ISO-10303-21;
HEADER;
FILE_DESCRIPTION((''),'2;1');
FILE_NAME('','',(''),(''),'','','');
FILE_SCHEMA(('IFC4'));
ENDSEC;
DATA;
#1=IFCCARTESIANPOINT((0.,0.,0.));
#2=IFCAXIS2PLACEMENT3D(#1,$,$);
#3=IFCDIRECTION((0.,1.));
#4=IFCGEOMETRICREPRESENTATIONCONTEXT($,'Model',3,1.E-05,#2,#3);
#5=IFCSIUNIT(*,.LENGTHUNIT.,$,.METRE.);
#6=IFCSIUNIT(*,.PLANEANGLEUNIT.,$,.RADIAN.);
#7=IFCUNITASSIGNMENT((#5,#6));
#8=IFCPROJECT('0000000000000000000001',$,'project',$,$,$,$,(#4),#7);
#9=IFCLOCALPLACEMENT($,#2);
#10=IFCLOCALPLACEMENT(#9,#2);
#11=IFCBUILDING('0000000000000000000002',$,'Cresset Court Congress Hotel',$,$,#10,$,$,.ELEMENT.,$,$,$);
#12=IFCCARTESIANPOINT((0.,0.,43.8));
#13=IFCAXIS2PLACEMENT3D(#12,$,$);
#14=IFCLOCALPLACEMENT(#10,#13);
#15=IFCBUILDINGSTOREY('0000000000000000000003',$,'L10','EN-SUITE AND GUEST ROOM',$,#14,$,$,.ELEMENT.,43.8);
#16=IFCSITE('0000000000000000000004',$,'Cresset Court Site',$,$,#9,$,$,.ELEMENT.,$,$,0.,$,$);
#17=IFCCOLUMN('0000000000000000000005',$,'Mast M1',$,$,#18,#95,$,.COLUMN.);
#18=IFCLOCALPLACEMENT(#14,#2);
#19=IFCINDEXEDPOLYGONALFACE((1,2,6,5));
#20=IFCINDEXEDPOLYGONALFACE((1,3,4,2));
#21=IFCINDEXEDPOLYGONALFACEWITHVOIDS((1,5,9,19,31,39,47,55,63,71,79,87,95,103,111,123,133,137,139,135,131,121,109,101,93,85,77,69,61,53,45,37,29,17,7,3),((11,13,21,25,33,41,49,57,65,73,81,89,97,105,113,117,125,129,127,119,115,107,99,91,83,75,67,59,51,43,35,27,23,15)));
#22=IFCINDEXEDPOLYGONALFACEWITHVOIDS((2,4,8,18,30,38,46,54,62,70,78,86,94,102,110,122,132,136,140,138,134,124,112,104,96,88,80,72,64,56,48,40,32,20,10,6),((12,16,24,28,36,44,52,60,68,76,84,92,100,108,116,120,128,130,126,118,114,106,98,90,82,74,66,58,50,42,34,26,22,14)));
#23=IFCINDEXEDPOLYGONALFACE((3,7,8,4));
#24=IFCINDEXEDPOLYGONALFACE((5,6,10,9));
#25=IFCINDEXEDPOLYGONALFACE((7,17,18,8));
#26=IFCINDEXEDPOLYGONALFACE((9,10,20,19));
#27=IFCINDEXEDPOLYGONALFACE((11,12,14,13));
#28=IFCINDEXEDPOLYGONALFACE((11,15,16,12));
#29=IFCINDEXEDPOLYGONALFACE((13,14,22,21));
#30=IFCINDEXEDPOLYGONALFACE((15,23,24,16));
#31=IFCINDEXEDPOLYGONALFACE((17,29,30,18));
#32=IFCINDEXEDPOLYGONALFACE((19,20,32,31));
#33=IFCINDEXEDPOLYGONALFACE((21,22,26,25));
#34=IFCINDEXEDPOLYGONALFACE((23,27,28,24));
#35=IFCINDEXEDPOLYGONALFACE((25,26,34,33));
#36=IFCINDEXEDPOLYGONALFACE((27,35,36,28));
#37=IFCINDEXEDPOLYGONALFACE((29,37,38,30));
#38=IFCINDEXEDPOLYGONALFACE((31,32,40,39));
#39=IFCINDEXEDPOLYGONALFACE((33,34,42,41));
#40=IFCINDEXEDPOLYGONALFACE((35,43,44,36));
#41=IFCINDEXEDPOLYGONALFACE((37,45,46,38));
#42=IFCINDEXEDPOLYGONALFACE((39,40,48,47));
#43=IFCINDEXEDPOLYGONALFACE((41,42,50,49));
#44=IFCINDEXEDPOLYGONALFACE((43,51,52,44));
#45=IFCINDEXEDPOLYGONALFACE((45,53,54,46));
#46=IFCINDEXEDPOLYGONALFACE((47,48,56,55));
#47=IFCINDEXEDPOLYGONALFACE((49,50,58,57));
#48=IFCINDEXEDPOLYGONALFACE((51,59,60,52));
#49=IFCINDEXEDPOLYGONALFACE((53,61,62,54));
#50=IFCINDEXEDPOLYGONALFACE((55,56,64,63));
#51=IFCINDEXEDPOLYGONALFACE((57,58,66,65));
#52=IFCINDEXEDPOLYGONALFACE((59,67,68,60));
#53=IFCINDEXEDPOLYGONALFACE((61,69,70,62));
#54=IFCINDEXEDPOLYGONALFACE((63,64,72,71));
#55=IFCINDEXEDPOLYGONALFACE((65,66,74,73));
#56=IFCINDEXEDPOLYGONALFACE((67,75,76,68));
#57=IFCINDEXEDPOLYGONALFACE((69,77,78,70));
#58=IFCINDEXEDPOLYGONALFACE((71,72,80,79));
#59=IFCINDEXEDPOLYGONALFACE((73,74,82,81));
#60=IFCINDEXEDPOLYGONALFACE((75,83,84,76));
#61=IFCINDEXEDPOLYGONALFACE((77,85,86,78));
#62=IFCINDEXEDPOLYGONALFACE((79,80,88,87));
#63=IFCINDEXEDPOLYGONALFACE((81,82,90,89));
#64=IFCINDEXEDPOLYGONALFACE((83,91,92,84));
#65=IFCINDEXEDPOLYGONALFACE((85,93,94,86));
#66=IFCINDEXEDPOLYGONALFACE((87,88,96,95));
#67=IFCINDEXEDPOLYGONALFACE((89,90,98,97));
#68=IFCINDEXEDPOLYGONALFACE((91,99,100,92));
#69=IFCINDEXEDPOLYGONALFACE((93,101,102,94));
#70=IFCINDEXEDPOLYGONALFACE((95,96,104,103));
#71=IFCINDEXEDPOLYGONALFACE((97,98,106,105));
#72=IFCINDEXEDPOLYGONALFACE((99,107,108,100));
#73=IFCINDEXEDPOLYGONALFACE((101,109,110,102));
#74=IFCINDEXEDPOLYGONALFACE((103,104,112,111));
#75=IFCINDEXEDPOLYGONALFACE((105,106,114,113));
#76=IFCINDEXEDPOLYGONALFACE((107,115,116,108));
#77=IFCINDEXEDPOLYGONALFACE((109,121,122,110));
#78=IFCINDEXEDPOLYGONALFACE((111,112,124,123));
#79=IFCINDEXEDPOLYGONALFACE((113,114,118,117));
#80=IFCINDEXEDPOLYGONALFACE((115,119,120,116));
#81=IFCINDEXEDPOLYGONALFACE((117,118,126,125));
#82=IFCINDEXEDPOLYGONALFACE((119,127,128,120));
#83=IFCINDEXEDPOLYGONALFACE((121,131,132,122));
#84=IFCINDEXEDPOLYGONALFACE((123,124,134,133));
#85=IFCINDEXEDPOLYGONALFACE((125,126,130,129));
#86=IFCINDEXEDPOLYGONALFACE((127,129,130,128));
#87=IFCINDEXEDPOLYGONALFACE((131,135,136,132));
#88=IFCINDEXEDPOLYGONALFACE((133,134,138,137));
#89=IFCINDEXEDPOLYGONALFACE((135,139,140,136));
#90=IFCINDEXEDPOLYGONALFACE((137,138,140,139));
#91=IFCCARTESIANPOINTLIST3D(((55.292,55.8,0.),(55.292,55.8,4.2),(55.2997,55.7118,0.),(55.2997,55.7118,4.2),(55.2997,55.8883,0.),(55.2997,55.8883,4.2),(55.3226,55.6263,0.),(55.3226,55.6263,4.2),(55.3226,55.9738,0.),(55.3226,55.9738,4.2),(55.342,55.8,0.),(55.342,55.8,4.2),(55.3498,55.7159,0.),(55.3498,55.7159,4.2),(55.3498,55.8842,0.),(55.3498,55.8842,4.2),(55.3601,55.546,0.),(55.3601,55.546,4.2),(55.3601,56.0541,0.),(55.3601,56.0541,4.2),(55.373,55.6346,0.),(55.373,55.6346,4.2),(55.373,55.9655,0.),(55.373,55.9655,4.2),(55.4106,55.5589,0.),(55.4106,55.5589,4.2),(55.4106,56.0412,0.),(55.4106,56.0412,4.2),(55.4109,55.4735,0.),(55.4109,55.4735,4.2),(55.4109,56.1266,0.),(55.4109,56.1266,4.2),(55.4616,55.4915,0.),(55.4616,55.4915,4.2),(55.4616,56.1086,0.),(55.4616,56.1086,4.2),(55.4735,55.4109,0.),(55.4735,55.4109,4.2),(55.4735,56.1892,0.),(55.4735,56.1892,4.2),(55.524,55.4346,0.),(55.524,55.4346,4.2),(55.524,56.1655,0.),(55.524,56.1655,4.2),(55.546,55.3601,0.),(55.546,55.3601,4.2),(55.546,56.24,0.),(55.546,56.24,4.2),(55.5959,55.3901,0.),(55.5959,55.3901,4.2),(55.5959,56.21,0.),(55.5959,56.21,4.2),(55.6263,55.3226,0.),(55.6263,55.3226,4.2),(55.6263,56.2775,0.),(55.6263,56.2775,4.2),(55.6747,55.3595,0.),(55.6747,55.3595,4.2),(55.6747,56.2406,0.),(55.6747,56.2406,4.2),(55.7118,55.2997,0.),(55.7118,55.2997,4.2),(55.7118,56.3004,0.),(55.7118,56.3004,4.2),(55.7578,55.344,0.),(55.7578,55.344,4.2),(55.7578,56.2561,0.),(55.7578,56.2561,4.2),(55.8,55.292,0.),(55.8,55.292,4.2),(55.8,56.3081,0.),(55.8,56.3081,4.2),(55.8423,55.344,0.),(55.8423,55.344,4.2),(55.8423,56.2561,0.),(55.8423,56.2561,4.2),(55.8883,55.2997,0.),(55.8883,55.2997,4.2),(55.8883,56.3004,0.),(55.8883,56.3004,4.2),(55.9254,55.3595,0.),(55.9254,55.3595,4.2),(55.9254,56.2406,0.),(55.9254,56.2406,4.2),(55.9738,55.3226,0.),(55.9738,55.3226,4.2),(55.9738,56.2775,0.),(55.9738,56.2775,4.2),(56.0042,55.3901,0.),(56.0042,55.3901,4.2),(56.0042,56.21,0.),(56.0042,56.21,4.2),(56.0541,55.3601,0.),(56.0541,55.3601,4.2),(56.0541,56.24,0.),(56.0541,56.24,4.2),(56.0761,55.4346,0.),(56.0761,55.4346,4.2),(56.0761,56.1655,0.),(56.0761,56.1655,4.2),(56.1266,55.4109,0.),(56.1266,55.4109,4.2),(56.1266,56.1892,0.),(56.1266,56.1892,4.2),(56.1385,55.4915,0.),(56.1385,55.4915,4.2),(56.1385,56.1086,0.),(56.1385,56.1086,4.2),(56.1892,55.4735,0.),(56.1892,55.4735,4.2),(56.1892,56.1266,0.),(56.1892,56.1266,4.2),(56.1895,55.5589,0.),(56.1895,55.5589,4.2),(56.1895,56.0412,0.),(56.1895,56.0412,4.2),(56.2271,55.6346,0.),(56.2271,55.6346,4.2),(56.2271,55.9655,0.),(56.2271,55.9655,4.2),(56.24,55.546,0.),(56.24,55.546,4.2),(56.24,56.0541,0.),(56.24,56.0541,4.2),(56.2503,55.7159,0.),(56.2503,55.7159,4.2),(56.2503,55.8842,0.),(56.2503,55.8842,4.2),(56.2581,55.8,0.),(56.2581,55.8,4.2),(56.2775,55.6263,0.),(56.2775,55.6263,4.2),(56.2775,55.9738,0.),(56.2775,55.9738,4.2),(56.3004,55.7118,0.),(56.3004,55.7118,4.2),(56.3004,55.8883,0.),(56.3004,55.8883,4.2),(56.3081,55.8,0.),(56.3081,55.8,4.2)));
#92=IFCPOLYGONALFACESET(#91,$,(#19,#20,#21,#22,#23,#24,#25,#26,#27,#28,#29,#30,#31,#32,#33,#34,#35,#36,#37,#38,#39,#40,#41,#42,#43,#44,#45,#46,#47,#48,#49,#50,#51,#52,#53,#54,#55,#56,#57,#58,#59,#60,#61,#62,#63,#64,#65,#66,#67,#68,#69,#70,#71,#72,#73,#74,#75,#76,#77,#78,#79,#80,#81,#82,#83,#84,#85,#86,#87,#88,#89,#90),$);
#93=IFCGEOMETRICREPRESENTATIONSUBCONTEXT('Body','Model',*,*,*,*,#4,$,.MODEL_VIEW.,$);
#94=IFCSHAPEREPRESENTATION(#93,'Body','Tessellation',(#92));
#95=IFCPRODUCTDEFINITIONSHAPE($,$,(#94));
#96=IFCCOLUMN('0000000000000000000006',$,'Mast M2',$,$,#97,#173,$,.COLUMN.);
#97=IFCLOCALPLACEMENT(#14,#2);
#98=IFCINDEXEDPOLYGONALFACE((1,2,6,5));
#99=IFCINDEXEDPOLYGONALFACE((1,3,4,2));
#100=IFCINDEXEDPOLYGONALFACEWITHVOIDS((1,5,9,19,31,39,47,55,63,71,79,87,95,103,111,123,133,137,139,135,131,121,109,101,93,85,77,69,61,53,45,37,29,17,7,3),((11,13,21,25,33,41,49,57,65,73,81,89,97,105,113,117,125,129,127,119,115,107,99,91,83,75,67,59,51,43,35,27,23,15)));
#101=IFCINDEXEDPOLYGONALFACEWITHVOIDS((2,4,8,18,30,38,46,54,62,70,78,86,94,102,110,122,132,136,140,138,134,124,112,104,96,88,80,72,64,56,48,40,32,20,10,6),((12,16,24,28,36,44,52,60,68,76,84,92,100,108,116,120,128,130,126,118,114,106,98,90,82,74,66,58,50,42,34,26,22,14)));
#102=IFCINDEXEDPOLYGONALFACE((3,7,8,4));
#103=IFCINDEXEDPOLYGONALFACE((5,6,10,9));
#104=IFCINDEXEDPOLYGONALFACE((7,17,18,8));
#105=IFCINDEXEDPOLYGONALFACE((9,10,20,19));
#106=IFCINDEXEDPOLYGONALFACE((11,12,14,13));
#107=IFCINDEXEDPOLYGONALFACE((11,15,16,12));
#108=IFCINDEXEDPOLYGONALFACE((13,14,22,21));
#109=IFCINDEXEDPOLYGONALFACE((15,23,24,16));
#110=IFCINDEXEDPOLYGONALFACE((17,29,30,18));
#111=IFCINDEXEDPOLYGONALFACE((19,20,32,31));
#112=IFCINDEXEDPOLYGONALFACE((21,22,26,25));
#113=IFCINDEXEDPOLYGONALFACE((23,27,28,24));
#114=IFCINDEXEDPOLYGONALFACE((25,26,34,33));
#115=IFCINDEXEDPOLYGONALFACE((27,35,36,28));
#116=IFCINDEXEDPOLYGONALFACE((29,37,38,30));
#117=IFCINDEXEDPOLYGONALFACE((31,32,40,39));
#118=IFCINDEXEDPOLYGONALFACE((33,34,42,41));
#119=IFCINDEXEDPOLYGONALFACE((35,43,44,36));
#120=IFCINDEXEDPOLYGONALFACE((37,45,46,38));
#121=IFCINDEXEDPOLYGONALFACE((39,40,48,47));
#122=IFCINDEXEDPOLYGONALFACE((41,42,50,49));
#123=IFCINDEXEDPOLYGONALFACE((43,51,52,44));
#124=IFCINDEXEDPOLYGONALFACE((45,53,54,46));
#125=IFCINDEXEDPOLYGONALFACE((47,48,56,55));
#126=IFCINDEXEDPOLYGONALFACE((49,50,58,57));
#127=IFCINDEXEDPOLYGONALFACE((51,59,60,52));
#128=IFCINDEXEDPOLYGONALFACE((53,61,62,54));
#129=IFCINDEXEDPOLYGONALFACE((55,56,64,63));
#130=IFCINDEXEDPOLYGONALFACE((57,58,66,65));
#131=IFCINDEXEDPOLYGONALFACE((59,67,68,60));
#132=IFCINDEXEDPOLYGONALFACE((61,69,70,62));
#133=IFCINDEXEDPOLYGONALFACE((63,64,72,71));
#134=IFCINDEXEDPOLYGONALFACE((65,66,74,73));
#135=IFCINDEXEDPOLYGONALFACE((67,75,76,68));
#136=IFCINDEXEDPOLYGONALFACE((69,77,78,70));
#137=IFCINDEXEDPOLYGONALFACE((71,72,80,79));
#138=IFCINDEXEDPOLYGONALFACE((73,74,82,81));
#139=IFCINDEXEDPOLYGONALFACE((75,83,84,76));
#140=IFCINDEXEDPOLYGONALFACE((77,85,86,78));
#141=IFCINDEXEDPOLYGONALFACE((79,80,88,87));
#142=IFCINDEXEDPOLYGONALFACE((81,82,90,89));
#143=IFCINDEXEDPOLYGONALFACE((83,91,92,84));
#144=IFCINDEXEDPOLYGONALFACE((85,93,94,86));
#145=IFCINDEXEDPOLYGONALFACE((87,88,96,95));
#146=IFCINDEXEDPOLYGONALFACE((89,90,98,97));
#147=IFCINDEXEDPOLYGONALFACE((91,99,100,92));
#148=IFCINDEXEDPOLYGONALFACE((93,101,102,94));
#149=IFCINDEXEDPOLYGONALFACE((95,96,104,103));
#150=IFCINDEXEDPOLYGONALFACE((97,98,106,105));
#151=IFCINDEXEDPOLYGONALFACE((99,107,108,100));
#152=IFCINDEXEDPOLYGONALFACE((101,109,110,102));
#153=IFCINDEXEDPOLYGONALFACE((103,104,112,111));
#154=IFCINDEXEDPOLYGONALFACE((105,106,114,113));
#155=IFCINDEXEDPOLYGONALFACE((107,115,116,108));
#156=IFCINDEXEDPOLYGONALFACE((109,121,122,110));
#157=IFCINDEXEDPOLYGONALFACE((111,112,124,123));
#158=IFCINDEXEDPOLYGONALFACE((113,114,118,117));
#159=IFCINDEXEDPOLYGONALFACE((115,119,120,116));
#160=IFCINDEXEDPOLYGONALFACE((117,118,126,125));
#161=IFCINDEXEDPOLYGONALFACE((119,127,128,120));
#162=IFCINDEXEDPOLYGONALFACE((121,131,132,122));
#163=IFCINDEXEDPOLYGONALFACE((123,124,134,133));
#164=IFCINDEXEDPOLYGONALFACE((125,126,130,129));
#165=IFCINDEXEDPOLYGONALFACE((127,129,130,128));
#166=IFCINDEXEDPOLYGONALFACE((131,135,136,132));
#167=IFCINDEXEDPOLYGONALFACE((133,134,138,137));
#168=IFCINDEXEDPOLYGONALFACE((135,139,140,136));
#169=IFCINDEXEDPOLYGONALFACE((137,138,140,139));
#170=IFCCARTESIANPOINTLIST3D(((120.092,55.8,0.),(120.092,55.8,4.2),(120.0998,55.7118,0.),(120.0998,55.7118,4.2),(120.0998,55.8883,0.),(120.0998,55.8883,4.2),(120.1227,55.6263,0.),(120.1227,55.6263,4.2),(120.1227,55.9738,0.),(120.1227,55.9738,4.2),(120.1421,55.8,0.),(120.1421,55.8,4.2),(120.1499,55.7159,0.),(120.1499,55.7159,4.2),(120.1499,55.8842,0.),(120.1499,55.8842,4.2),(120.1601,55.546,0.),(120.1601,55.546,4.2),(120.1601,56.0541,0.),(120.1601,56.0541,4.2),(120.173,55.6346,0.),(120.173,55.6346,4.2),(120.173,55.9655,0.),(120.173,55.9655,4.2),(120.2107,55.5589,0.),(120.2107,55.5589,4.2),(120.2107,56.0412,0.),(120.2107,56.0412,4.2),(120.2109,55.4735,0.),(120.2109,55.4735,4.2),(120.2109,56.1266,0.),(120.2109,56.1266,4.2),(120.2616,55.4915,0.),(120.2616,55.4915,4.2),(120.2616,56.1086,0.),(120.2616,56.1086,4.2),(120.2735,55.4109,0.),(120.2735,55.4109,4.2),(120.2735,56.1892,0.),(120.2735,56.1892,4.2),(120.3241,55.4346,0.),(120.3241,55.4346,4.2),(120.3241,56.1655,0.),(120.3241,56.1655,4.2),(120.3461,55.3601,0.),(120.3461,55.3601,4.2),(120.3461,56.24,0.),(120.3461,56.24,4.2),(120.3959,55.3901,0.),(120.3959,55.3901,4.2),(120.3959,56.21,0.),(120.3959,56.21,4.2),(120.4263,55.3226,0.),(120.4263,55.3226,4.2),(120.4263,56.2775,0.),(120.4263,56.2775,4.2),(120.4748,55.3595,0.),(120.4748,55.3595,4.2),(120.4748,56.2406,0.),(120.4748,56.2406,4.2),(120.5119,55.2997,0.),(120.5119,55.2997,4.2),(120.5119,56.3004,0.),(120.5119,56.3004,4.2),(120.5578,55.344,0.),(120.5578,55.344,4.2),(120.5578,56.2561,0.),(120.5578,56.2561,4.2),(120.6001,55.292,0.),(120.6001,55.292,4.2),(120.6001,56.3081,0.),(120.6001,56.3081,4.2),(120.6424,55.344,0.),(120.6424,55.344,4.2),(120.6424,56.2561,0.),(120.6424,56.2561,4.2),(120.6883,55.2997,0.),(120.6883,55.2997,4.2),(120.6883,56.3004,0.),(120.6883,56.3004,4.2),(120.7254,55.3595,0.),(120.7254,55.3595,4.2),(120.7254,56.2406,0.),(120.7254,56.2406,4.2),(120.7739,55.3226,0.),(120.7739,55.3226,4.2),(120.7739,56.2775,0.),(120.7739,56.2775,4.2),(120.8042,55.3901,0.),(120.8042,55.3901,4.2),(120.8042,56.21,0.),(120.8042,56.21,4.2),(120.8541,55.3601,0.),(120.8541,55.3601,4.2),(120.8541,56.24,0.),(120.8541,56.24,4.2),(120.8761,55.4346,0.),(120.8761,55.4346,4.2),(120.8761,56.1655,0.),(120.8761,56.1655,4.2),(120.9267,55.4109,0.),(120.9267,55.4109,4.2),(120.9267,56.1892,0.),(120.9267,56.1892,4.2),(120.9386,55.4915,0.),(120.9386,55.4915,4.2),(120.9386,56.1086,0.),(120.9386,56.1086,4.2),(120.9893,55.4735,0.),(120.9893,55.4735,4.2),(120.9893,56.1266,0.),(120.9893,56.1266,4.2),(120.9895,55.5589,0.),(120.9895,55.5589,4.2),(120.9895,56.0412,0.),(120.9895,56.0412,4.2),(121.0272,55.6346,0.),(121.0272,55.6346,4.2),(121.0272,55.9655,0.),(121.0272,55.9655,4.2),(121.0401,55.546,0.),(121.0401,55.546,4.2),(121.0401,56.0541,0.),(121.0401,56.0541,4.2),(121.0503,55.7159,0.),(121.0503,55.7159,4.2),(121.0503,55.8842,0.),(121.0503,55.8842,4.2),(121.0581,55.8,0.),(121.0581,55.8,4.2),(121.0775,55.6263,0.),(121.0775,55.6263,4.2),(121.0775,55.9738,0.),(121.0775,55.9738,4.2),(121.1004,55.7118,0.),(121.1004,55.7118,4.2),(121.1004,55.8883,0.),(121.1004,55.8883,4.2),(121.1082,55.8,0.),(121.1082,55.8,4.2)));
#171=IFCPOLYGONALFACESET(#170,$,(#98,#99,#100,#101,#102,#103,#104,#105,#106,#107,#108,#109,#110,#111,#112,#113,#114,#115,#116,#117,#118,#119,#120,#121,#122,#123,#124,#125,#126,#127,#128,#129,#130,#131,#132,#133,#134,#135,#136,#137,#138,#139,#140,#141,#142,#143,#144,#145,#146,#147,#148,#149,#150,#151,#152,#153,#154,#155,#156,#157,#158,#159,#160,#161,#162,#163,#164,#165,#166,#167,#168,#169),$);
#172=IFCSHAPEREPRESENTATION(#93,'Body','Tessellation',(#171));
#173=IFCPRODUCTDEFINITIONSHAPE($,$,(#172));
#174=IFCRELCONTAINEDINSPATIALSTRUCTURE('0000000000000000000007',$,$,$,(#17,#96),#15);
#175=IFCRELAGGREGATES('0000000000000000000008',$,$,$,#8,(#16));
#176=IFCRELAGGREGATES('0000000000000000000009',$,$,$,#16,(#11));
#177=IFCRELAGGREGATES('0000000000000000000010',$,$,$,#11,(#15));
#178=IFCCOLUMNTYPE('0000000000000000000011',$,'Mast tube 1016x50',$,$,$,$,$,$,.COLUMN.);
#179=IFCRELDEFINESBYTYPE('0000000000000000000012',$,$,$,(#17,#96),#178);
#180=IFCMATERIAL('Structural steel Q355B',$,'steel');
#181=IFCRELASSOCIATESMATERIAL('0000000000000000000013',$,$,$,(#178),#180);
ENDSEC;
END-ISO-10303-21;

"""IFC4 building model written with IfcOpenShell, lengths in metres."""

from ifc_helpers import new_model, si_unit, direction, frame, origin, origin_2d, place, context, subcontext, project, spatial, hollow_circle, extrude, material, material_profile, profile_set, type_object, element, save


model = new_model("IFC4")

# Units and contexts
model_context = context("Model", 3, precision=1e-05, world=origin(), true_north=direction((0.0, 1.0)))
body_context = subcontext(model_context, "Body", "Model", "MODEL_VIEW")
ifc_project = project(units=[si_unit("LENGTHUNIT", "METRE"), si_unit("PLANEANGLEUNIT", "RADIAN")], contexts=[model_context])

# Site, building, storey
site_placement = place(None, origin())
site = spatial("IfcSite", under=ifc_project, at=site_placement, Name="Cresset Court Site", CompositionType="ELEMENT", RefElevation=0.0)
building_placement = place(site_placement, origin())
building = spatial("IfcBuilding", under=site, at=building_placement, Name="Cresset Court Congress Hotel", CompositionType="ELEMENT")
storey_placement = place(building_placement, frame((0.0, 0.0, 43.8)))
storey = spatial("IfcBuildingStorey", under=building, at=storey_placement, Name="L10", Description="EN-SUITE AND GUEST ROOM", CompositionType="ELEMENT", Elevation=43.8)

# Columns
ifc_material_1 = material(Name="Structural steel Q355B", Category="steel")
ifc_material_profile = material_profile(ifc_material_1, hollow_circle(Radius=0.5081, WallThickness=0.05, at=origin_2d()), Name="CHS1016x50")
ifc_profile_set = profile_set([ifc_material_profile], Name="Structural steel Q355B")
column_type = type_object("IfcColumnType", Name="Mast tube 1016x50", PredefinedType="COLUMN", material=ifc_profile_set)
for number, where, z_axis, x_axis, name in (
    (1, (55.8, 55.8, 0.0), (0.0, 0.0, 1.0), (1.0, 0.0, 0.0), "Mast M1"),
    (2, (120.6001, 55.8, 0.0), (0.0, 0.0, 1.0), (1.0, 0.0, 0.0), "Mast M2"),
):
    element("IfcColumn", number, at=place(storey_placement, frame(where, z_axis=z_axis, x_axis=x_axis)), inside=storey, type_object=column_type, Name=name, PredefinedType="COLUMN", context=body_context, shape_type="SweptSolid", body=[
        extrude(hollow_circle(Radius=0.5081, WallThickness=0.05, at=origin_2d()), origin(), (0.0, 0.0, 1.0), 4.2),
    ])

save(model, "model.ifc")
